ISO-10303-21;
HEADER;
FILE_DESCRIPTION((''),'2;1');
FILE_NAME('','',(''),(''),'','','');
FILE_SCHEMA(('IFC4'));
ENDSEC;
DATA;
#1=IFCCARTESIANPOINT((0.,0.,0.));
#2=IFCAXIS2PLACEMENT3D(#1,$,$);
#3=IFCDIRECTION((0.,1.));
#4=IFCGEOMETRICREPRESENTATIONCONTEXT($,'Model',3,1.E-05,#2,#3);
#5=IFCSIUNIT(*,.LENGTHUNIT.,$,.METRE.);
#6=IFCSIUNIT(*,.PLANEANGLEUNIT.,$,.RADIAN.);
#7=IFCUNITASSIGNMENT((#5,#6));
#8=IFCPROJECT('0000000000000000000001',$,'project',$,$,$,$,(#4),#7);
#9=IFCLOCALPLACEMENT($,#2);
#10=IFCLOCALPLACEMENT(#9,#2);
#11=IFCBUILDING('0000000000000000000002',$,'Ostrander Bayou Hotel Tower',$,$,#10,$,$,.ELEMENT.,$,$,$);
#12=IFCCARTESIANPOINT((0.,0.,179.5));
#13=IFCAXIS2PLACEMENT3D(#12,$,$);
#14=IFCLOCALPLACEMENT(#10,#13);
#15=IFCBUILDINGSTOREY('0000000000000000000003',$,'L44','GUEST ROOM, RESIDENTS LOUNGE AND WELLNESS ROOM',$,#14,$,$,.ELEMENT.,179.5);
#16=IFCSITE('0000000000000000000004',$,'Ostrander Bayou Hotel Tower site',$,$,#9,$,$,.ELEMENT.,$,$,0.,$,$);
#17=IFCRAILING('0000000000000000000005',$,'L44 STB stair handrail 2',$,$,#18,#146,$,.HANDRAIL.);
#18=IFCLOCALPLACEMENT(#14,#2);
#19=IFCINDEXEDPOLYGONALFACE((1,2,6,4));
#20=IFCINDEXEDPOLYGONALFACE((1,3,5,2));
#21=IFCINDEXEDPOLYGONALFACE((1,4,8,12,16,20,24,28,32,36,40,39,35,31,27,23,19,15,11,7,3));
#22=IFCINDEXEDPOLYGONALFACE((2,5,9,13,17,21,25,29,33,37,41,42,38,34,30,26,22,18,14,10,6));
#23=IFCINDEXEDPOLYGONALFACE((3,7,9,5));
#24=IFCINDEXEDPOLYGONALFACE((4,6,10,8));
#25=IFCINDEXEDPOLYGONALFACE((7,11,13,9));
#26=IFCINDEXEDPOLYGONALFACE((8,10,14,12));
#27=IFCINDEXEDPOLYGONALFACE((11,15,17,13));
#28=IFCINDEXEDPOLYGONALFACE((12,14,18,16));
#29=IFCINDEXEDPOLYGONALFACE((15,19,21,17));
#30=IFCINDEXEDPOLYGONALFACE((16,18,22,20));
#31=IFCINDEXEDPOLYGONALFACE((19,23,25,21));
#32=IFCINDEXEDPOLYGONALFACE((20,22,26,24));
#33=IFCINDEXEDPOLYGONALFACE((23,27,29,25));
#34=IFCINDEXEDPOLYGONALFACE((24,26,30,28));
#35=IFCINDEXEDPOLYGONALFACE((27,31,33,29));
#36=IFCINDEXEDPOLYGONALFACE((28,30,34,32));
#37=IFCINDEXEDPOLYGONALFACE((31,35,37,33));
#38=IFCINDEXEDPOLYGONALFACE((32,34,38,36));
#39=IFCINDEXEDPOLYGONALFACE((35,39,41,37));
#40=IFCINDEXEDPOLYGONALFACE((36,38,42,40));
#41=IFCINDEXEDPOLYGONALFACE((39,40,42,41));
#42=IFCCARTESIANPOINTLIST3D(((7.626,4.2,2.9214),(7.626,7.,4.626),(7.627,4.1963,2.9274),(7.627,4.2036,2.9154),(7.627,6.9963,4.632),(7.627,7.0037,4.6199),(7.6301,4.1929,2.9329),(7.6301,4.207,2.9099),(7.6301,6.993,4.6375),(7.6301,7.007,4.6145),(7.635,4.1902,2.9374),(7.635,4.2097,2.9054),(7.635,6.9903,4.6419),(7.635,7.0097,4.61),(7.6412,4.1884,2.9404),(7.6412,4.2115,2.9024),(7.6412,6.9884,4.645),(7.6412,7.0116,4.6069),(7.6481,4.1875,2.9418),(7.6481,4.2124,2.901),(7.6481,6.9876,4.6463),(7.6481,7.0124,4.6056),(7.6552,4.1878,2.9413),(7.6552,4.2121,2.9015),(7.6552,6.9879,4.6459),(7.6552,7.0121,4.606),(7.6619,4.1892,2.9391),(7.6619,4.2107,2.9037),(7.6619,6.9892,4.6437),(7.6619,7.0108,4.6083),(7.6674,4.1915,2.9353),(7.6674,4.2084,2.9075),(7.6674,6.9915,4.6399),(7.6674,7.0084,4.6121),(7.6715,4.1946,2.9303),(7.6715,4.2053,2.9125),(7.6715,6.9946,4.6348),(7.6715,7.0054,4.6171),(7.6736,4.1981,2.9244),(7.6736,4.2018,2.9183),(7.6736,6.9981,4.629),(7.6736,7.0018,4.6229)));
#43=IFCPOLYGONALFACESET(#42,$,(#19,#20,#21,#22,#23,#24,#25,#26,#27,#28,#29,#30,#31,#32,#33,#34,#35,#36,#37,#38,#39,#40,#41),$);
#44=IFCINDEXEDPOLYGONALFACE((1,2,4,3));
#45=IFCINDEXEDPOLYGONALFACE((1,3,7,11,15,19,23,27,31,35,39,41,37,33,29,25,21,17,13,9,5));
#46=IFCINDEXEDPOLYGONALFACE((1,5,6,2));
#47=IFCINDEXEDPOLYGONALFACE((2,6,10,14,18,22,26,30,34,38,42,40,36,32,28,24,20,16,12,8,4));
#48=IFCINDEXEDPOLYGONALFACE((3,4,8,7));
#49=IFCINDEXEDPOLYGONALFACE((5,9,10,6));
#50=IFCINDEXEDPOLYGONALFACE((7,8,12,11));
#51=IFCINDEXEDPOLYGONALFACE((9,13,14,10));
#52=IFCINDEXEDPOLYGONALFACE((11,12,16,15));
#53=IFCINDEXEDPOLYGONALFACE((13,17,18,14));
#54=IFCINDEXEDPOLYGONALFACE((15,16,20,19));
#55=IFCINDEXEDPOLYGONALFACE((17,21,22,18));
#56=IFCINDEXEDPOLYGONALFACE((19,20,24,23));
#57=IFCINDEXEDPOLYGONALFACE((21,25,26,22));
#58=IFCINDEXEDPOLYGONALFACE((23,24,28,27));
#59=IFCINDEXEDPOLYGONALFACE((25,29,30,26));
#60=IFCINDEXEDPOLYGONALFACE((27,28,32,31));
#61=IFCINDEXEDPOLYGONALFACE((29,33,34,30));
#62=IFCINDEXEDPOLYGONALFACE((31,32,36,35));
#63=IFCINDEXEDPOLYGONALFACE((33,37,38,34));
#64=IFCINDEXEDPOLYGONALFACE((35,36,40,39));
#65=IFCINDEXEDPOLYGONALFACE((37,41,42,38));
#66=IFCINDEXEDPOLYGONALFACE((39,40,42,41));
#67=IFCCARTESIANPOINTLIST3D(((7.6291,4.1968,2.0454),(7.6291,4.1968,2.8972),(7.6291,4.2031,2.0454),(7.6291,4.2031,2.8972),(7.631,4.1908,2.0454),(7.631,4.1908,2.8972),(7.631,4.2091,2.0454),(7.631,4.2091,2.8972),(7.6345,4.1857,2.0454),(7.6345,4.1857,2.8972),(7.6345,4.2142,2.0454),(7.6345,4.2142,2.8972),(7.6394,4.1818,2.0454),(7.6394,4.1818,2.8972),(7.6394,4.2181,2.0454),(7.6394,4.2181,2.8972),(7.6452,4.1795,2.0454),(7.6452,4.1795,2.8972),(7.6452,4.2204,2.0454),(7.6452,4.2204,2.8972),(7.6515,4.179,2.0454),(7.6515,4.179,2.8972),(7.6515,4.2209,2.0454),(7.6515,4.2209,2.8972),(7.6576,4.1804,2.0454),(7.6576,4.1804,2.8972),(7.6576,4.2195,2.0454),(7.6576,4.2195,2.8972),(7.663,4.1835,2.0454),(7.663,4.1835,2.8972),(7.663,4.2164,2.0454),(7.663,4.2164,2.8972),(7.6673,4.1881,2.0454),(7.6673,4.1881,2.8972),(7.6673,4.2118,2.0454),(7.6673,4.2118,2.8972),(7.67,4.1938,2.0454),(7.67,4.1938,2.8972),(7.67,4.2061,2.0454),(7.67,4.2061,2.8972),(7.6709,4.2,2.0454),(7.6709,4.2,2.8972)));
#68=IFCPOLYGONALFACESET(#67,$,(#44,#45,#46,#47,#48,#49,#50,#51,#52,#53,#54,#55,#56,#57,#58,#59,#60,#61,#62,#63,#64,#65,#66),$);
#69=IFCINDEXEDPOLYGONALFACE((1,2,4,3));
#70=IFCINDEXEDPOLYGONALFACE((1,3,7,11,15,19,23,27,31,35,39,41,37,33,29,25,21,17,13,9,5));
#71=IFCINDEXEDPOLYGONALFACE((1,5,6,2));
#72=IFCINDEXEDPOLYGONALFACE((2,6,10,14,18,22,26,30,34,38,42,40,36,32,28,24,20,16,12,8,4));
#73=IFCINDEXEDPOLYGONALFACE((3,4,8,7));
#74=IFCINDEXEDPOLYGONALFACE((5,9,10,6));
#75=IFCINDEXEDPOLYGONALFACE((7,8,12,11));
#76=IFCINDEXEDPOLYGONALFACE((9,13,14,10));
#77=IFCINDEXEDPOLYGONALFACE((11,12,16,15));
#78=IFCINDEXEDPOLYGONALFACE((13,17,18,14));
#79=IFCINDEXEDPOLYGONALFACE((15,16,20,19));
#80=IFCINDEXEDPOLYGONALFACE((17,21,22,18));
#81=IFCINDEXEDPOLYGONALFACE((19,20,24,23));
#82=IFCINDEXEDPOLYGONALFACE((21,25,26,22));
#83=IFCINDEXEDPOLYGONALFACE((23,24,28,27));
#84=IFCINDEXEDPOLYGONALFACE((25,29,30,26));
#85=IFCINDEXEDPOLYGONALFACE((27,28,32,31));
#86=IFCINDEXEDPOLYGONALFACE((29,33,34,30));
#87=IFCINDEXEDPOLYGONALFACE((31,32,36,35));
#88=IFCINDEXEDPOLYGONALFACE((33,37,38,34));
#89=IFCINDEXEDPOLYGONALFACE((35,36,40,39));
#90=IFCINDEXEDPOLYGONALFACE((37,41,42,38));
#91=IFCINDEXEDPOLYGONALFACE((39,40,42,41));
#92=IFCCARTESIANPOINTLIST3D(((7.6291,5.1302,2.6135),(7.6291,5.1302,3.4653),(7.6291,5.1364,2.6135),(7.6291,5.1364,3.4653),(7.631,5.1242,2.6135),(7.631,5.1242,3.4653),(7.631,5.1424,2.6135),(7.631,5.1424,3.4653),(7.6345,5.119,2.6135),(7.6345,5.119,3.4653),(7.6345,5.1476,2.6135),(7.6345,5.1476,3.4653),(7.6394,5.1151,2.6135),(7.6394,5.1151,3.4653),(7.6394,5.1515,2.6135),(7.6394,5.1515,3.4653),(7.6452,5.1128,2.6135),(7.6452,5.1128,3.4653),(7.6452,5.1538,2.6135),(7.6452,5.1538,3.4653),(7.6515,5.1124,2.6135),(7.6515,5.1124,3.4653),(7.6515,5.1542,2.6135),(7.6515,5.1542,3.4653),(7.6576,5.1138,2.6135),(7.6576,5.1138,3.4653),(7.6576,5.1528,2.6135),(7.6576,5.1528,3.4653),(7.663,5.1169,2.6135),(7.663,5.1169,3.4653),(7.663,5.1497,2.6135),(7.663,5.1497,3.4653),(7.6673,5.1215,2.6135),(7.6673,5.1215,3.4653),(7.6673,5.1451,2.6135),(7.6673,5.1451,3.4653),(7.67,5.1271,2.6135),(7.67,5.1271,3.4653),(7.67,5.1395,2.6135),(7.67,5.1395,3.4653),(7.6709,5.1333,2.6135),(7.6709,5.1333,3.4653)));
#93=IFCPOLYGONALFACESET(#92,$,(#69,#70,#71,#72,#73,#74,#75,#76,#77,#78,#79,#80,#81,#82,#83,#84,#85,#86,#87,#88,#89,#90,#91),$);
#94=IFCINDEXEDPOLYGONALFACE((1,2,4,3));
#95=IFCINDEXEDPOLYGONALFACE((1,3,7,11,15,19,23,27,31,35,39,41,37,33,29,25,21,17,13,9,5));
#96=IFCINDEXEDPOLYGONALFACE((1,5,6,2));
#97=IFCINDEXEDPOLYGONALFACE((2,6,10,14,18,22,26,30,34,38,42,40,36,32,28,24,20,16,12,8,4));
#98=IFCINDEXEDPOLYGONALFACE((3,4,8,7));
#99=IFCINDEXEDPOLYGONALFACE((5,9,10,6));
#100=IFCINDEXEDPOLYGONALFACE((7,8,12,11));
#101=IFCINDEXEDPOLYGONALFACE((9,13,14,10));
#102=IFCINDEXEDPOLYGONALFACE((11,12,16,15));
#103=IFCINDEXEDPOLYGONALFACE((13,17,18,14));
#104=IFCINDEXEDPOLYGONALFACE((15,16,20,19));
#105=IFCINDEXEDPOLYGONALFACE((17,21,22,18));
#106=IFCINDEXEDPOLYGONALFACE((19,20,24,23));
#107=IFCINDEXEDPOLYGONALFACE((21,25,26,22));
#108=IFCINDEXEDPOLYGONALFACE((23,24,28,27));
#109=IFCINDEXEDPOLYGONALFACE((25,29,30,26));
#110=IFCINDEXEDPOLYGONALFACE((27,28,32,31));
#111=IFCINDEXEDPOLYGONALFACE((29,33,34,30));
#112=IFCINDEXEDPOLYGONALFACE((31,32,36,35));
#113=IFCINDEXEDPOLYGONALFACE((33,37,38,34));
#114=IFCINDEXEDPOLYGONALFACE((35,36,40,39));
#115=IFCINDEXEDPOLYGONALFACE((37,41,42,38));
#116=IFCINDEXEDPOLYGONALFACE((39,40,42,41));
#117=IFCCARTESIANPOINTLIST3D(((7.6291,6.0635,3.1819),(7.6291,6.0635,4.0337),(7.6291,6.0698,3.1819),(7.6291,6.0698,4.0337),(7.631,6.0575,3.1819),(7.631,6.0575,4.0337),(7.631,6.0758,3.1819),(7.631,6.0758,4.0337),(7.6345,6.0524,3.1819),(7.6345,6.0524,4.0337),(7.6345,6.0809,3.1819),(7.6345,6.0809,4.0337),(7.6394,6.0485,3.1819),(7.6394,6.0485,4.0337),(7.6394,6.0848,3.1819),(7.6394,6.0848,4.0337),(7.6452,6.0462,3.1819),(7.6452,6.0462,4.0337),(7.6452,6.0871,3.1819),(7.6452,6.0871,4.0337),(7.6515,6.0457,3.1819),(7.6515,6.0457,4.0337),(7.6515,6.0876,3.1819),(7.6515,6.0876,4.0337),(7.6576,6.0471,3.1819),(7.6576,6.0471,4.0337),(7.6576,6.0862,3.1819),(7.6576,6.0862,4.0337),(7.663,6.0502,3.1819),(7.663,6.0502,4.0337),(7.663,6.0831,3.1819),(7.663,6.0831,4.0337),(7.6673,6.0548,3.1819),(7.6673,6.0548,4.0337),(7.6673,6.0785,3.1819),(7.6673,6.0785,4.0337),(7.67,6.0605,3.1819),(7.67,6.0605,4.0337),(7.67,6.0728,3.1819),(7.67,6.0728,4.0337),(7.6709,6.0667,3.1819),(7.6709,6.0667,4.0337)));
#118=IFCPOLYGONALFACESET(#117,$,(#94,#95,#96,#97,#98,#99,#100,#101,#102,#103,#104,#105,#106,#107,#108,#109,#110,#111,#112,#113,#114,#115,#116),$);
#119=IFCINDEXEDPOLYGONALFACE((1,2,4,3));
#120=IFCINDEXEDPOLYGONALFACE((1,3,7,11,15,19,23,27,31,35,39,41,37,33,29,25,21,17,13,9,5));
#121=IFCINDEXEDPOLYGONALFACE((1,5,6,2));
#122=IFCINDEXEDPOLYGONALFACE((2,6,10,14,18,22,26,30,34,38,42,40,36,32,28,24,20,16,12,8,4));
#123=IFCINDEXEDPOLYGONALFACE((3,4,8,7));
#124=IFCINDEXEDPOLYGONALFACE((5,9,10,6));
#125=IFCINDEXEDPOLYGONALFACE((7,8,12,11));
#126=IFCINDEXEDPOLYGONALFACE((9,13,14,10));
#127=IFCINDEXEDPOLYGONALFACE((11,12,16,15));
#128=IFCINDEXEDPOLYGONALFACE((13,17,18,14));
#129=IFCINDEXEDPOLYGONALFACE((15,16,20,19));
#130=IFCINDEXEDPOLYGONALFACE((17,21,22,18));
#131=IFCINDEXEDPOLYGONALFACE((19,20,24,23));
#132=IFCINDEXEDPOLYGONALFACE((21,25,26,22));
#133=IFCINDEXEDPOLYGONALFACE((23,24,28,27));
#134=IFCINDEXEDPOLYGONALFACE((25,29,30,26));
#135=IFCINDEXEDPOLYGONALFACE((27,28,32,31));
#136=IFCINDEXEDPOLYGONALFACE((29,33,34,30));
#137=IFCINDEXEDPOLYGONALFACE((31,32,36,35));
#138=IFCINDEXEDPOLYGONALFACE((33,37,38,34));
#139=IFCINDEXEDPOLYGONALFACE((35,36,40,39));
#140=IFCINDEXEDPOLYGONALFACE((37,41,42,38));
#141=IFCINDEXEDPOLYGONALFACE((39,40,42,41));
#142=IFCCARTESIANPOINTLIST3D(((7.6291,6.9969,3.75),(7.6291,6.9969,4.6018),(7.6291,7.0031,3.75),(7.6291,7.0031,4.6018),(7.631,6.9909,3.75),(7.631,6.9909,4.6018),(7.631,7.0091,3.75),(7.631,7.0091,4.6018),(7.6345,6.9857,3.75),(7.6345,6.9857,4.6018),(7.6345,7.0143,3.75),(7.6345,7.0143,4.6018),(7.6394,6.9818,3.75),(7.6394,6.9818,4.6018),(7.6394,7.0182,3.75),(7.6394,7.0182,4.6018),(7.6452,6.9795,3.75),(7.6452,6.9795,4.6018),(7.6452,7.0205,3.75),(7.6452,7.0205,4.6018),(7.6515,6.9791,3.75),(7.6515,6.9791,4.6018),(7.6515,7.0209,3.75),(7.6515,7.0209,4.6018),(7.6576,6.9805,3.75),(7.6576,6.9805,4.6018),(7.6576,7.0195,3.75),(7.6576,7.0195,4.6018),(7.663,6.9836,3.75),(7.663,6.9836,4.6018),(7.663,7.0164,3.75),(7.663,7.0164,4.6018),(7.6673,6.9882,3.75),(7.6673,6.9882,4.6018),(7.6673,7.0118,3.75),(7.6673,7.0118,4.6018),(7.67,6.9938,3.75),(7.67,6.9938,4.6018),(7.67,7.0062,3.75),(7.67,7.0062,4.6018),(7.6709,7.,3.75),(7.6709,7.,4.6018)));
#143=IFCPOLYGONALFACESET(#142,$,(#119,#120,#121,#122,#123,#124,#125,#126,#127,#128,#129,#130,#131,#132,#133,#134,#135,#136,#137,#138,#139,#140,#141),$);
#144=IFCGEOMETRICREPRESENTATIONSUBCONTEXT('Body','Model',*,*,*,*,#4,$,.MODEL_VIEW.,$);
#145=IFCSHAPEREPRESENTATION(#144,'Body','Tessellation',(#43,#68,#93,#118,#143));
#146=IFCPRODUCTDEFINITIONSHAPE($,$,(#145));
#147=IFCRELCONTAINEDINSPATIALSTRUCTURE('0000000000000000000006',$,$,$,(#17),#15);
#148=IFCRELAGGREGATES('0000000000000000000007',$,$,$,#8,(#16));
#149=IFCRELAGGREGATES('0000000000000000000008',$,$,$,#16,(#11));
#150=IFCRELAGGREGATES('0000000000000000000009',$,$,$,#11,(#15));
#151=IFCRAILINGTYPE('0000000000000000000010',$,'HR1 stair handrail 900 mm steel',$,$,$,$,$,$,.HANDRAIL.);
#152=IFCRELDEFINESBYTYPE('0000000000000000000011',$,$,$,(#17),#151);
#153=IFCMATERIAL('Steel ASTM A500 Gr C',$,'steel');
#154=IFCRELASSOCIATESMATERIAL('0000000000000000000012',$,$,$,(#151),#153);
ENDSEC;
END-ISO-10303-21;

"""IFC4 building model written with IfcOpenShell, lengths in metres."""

from ifc_helpers import new_model, si_unit, direction, frame, origin, origin_2d, place, context, subcontext, project, spatial, circle, extrude, material, type_object, element, save


model = new_model("IFC4")

# Units and contexts
model_context = context("Model", 3, precision=1e-05, world=origin(), true_north=direction((0.0, 1.0)))
body_context = subcontext(model_context, "Body", "Model", "MODEL_VIEW")
ifc_project = project(units=[si_unit("LENGTHUNIT", "METRE"), si_unit("PLANEANGLEUNIT", "RADIAN")], contexts=[model_context])

# Site, building, storey
site_placement = place(None, origin())
site = spatial("IfcSite", under=ifc_project, at=site_placement, Name="Ostrander Bayou Hotel Tower site", CompositionType="ELEMENT", RefElevation=0.0)
building_placement = place(site_placement, origin())
building = spatial("IfcBuilding", under=site, at=building_placement, Name="Ostrander Bayou Hotel Tower", CompositionType="ELEMENT")
storey_placement = place(building_placement, frame((0.0, 0.0, 179.5)))
storey = spatial("IfcBuildingStorey", under=building, at=storey_placement, Name="L44", Description="GUEST ROOM, RESIDENTS LOUNGE AND WELLNESS ROOM", CompositionType="ELEMENT", Elevation=179.5)

# Railing
ifc_material_1 = material(Name="Steel ASTM A500 Gr C", Category="steel")
railing_type_1 = type_object("IfcRailingType", Name="HR1 stair handrail 900 mm steel", PredefinedType="HANDRAIL", material=ifc_material_1)
railing_1_placement = place(storey_placement, frame((7.6499, 4.2, 2.0454)))
element("IfcRailing", 1, at=railing_1_placement, inside=storey, type_object=railing_type_1, Name="L44 STB stair handrail 2", PredefinedType="HANDRAIL", context=body_context, shape_type="SweptSolid", body=[
    extrude(circle(Radius=0.0239, at=origin_2d()), frame((0.0, 0.0, 0.876), z_axis=(0.0, 0.85417, 0.519994), x_axis=(-1.0, 0.0, 0.0)), (0.0, 0.0, 1.0), 3.2781),
    extrude(circle(Radius=0.021, at=origin_2d()), origin(), (0.0, 0.0, 1.0), 0.8518),
    extrude(circle(Radius=0.021, at=origin_2d()), frame((0.0, 0.9333, 0.5681)), (0.0, 0.0, 1.0), 0.8518),
    extrude(circle(Radius=0.021, at=origin_2d()), frame((0.0, 1.8667, 1.1365)), (0.0, 0.0, 1.0), 0.8518),
    extrude(circle(Radius=0.021, at=origin_2d()), frame((0.0, 2.8, 1.7046)), (0.0, 0.0, 1.0), 0.8518),
])

save(model, "model.ifc")
